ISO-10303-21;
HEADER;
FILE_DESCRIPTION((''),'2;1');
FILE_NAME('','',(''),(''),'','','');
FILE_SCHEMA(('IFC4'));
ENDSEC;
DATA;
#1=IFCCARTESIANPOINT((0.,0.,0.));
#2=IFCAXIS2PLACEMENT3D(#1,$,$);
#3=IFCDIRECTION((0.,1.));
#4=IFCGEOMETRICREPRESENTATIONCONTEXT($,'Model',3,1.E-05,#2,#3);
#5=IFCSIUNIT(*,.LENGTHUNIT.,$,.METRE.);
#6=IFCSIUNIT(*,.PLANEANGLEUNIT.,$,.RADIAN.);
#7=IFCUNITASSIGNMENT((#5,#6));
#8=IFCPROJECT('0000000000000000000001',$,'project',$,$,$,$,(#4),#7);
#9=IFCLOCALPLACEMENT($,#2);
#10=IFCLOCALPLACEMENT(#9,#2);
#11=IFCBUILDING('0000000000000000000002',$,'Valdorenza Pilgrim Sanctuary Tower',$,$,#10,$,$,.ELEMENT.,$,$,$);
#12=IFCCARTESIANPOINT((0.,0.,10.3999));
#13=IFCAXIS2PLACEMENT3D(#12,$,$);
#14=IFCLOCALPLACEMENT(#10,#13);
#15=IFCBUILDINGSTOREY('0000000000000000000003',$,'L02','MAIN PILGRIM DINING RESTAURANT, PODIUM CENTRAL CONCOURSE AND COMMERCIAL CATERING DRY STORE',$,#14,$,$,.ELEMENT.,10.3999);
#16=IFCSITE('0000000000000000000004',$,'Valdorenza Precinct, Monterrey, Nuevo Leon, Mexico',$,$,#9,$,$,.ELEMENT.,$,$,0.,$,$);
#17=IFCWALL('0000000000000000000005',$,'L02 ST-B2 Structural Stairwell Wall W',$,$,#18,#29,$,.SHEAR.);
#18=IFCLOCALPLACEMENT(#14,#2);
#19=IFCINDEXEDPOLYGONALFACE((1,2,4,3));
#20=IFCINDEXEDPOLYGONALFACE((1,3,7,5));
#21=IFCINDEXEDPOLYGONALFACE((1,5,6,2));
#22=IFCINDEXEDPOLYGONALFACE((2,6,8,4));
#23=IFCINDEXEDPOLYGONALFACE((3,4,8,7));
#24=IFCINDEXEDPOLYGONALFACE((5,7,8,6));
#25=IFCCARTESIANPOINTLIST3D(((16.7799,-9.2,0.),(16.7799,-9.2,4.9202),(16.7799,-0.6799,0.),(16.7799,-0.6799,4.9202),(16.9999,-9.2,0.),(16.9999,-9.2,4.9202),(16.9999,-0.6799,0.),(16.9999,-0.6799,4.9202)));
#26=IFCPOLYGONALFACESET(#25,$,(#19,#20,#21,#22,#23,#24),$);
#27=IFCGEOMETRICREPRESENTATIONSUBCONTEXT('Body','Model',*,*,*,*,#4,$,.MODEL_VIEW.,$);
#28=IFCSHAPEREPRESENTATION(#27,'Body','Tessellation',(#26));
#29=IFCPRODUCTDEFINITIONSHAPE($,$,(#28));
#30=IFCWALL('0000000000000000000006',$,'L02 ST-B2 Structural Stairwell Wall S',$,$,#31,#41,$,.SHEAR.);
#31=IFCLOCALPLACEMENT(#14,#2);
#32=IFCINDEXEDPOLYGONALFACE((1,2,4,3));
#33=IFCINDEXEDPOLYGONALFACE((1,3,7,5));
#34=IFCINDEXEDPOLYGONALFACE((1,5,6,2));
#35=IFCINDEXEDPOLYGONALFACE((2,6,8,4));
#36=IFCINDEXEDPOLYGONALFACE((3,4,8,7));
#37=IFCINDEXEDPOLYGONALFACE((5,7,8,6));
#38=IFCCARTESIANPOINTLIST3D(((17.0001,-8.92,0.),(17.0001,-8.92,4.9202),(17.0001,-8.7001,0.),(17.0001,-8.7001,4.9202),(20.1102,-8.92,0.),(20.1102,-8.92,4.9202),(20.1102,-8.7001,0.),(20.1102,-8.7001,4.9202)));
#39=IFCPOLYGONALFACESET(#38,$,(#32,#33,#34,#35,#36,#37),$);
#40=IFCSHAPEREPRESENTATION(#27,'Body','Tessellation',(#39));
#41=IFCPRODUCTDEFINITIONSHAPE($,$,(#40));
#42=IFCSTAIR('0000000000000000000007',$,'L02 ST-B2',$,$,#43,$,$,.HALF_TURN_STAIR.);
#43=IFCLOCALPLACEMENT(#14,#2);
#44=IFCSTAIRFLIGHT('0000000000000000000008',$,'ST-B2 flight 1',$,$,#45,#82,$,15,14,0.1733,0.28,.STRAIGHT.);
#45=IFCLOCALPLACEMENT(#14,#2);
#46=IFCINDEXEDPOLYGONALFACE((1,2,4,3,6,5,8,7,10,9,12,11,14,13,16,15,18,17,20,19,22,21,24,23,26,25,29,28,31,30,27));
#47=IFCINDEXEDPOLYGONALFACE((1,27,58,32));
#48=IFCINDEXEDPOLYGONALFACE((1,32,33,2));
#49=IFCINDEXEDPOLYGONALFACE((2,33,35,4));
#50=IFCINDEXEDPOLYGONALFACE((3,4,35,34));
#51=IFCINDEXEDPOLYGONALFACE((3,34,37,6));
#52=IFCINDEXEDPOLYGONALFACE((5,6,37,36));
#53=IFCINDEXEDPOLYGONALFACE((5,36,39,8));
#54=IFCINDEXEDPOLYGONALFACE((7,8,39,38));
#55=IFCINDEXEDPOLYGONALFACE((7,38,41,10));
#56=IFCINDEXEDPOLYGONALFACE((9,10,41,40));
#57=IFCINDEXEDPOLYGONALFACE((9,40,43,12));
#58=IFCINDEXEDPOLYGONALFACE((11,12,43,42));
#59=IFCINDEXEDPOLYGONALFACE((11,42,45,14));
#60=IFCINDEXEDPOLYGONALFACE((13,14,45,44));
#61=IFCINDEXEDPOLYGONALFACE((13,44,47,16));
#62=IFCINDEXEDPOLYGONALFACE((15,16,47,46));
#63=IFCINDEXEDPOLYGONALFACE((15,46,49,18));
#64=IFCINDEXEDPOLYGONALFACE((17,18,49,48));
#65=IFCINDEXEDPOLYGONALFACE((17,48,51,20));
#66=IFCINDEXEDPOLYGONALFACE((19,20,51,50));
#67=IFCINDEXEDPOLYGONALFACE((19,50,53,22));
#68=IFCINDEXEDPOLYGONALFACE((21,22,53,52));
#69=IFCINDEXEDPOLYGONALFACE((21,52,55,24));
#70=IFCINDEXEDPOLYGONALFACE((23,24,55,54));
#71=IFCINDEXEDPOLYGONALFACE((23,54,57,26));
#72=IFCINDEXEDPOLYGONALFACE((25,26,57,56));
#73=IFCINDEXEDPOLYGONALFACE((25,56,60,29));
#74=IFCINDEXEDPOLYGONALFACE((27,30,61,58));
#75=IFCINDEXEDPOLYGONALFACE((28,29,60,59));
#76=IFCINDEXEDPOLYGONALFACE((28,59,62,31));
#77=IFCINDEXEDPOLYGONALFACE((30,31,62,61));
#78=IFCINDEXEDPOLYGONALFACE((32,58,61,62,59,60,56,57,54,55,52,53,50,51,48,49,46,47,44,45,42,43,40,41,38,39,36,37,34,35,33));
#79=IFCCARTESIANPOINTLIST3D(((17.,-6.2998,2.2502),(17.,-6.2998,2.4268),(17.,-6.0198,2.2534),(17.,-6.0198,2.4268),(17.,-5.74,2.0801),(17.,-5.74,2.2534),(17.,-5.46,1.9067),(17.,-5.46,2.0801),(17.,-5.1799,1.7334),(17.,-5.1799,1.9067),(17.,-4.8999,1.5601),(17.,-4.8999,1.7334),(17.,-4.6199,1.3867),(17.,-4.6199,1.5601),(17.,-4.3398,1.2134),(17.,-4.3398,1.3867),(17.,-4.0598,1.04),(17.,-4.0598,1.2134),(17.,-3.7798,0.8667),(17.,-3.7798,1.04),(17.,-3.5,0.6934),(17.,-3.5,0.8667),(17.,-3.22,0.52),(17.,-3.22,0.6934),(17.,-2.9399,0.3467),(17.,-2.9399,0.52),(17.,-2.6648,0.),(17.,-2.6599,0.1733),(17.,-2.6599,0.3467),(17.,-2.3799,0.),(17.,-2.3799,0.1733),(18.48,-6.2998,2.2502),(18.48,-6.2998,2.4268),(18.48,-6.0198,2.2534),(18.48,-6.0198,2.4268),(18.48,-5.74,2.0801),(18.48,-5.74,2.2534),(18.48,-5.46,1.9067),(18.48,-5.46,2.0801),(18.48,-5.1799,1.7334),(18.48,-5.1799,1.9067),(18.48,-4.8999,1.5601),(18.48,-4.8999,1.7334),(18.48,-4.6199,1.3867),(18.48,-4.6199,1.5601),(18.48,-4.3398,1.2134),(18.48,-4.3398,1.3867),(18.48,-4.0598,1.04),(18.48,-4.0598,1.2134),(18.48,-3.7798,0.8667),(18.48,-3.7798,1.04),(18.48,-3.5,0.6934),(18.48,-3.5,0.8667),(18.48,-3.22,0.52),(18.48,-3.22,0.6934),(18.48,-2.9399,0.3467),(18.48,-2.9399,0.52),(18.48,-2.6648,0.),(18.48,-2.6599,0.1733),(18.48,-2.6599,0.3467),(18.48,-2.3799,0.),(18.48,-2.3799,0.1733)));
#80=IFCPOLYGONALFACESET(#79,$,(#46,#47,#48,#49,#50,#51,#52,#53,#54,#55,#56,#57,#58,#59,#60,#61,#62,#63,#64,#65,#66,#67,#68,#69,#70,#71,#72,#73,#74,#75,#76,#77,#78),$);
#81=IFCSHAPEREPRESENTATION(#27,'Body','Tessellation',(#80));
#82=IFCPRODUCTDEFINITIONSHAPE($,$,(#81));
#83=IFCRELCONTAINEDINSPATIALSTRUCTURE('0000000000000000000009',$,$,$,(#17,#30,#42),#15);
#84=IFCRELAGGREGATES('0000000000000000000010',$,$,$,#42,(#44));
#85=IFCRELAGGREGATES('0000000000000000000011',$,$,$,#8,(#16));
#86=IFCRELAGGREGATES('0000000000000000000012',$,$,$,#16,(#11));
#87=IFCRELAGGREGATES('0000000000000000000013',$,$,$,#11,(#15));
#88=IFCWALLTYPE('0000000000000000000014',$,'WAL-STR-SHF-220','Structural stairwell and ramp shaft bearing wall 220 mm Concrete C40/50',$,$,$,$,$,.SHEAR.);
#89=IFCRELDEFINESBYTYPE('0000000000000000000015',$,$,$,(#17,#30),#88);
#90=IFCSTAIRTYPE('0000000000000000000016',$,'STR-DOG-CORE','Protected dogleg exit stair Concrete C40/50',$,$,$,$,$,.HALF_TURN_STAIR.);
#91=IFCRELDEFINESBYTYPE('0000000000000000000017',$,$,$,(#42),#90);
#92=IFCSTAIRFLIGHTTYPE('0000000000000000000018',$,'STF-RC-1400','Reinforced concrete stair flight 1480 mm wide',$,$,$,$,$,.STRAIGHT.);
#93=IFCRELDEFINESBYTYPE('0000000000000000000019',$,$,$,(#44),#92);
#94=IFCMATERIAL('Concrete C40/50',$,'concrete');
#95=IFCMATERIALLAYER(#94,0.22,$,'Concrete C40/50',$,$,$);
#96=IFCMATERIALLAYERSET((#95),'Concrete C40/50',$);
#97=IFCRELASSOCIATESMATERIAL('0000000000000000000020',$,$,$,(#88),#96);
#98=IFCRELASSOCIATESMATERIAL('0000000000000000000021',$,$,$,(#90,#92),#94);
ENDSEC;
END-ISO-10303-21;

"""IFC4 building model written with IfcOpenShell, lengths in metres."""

from ifc_helpers import new_model, si_unit, direction, frame, frame_2d, origin, place, context, subcontext, project, spatial, polyline, rectangle, outline, extrude, material, layer, layer_set, type_object, element, aggregate, save


model = new_model("IFC4")

# Units and contexts
model_context = context("Model", 3, precision=1e-05, world=origin(), true_north=direction((0.0, 1.0)))
body_context = subcontext(model_context, "Body", "Model", "MODEL_VIEW")
ifc_project = project(units=[si_unit("LENGTHUNIT", "METRE"), si_unit("PLANEANGLEUNIT", "RADIAN")], contexts=[model_context])

# Site, building, storey
site_placement = place(None, origin())
site = spatial("IfcSite", under=ifc_project, at=site_placement, Name="Valdorenza Precinct, Monterrey, Nuevo Leon, Mexico", CompositionType="ELEMENT", RefElevation=0.0)
building_placement = place(site_placement, origin())
building = spatial("IfcBuilding", under=site, at=building_placement, Name="Valdorenza Pilgrim Sanctuary Tower", CompositionType="ELEMENT")
storey_placement = place(building_placement, frame((0.0, 0.0, 10.3999)))
storey = spatial("IfcBuildingStorey", under=building, at=storey_placement, Name="L02", Description="MAIN PILGRIM DINING RESTAURANT, PODIUM CENTRAL CONCOURSE AND COMMERCIAL CATERING DRY STORE", CompositionType="ELEMENT", Elevation=10.3999)

# Walls
ifc_material_1 = material(Name="Concrete C40/50", Category="concrete")
ifc_layer_1 = layer(ifc_material_1, 0.22, Name="Concrete C40/50")
ifc_layer_set_1 = layer_set([ifc_layer_1], Name="Concrete C40/50")
wall_type_1 = type_object("IfcWallType", Name="WAL-STR-SHF-220", Description="Structural stairwell and ramp shaft bearing wall 220 mm Concrete C40/50", PredefinedType="SHEAR", material=ifc_layer_set_1)
wall_1_placement = place(storey_placement, frame((16.8899, -9.2, 0.0), z_axis=(0.0, 0.0, 1.0), x_axis=(0.0, 1.0, 0.0)))
element("IfcWall", 1, at=wall_1_placement, inside=storey, type_object=wall_type_1, Name="L02 ST-B2 Structural Stairwell Wall W", PredefinedType="SHEAR", context=body_context, shape_type="SweptSolid", body=[
    extrude(rectangle(XDim=8.52, YDim=0.22, at=frame_2d((4.26, 0.0))), origin(), (0.0, 0.0, 1.0), 4.9202),
])
wall_2_placement = place(storey_placement, frame((17.0, -8.8101, 0.0), z_axis=(0.0, 0.0, 1.0), x_axis=(1.0, 0.0, 0.0)))
element("IfcWall", 2, at=wall_2_placement, inside=storey, type_object=wall_type_1, Name="L02 ST-B2 Structural Stairwell Wall S", PredefinedType="SHEAR", context=body_context, shape_type="SweptSolid", body=[
    extrude(rectangle(XDim=3.1101, YDim=0.22, at=frame_2d((1.5552, 0.0))), origin(), (0.0, 0.0, 1.0), 4.9202),
])

# Stair, stair flight
stair_type = type_object("IfcStairType", Name="STR-DOG-CORE", Description="Protected dogleg exit stair Concrete C40/50", PredefinedType="HALF_TURN_STAIR", material=ifc_material_1)
stair_placement = place(storey_placement, origin())
stair = element("IfcStair", 3, at=stair_placement, inside=storey, type_object=stair_type, Name="L02 ST-B2", PredefinedType="HALF_TURN_STAIR")
stair_flight_type = type_object("IfcStairFlightType", Name="STF-RC-1400", Description="Reinforced concrete stair flight 1480 mm wide", PredefinedType="STRAIGHT", material=ifc_material_1)
stair_flight_placement = place(storey_placement, frame((17.74, -2.3799, 0.0), z_axis=(0.0, 0.0, 1.0), x_axis=(0.0, -1.0, 0.0)))
stair_flight = element("IfcStairFlight", 4, at=stair_flight_placement, type_object=stair_flight_type, Name="ST-B2 flight 1", NumberOfRisers=15, NumberOfTreads=14, PredefinedType="STRAIGHT", RiserHeight=0.1733, TreadLength=0.28, context=body_context, shape_type="SweptSolid", body=[
    extrude(outline(polyline([(0.0, 0.0), (0.0, 0.1733), (0.28, 0.1733), (0.28, 0.3467), (0.5601, 0.3467), (0.5601, 0.52), (0.8401, 0.52), (0.8401, 0.6934), (1.1201, 0.6934), (1.1201, 0.8667), (1.3999, 0.8667), (1.3999, 1.04), (1.6799, 1.04), (1.6799, 1.2134), (1.96, 1.2134), (1.96, 1.3867), (2.24, 1.3867), (2.24, 1.5601), (2.52, 1.5601), (2.52, 1.7334), (2.8, 1.7334), (2.8, 1.9067), (3.0801, 1.9067), (3.0801, 2.0801), (3.3601, 2.0801), (3.3601, 2.2534), (3.6399, 2.2534), (3.6399, 2.4268), (3.9199, 2.4268), (3.9199, 2.6001), (3.9199, 2.2502), (0.2849, 0.0), (0.0, 0.0)])), frame((0.0, 0.74, 0.0), z_axis=(0.0, -1.0, 0.0), x_axis=(1.0, 0.0, 0.0)), (0.0, 0.0, 1.0), 1.48),
])
aggregate(stair, [stair_flight])

save(model, "model.ifc")
